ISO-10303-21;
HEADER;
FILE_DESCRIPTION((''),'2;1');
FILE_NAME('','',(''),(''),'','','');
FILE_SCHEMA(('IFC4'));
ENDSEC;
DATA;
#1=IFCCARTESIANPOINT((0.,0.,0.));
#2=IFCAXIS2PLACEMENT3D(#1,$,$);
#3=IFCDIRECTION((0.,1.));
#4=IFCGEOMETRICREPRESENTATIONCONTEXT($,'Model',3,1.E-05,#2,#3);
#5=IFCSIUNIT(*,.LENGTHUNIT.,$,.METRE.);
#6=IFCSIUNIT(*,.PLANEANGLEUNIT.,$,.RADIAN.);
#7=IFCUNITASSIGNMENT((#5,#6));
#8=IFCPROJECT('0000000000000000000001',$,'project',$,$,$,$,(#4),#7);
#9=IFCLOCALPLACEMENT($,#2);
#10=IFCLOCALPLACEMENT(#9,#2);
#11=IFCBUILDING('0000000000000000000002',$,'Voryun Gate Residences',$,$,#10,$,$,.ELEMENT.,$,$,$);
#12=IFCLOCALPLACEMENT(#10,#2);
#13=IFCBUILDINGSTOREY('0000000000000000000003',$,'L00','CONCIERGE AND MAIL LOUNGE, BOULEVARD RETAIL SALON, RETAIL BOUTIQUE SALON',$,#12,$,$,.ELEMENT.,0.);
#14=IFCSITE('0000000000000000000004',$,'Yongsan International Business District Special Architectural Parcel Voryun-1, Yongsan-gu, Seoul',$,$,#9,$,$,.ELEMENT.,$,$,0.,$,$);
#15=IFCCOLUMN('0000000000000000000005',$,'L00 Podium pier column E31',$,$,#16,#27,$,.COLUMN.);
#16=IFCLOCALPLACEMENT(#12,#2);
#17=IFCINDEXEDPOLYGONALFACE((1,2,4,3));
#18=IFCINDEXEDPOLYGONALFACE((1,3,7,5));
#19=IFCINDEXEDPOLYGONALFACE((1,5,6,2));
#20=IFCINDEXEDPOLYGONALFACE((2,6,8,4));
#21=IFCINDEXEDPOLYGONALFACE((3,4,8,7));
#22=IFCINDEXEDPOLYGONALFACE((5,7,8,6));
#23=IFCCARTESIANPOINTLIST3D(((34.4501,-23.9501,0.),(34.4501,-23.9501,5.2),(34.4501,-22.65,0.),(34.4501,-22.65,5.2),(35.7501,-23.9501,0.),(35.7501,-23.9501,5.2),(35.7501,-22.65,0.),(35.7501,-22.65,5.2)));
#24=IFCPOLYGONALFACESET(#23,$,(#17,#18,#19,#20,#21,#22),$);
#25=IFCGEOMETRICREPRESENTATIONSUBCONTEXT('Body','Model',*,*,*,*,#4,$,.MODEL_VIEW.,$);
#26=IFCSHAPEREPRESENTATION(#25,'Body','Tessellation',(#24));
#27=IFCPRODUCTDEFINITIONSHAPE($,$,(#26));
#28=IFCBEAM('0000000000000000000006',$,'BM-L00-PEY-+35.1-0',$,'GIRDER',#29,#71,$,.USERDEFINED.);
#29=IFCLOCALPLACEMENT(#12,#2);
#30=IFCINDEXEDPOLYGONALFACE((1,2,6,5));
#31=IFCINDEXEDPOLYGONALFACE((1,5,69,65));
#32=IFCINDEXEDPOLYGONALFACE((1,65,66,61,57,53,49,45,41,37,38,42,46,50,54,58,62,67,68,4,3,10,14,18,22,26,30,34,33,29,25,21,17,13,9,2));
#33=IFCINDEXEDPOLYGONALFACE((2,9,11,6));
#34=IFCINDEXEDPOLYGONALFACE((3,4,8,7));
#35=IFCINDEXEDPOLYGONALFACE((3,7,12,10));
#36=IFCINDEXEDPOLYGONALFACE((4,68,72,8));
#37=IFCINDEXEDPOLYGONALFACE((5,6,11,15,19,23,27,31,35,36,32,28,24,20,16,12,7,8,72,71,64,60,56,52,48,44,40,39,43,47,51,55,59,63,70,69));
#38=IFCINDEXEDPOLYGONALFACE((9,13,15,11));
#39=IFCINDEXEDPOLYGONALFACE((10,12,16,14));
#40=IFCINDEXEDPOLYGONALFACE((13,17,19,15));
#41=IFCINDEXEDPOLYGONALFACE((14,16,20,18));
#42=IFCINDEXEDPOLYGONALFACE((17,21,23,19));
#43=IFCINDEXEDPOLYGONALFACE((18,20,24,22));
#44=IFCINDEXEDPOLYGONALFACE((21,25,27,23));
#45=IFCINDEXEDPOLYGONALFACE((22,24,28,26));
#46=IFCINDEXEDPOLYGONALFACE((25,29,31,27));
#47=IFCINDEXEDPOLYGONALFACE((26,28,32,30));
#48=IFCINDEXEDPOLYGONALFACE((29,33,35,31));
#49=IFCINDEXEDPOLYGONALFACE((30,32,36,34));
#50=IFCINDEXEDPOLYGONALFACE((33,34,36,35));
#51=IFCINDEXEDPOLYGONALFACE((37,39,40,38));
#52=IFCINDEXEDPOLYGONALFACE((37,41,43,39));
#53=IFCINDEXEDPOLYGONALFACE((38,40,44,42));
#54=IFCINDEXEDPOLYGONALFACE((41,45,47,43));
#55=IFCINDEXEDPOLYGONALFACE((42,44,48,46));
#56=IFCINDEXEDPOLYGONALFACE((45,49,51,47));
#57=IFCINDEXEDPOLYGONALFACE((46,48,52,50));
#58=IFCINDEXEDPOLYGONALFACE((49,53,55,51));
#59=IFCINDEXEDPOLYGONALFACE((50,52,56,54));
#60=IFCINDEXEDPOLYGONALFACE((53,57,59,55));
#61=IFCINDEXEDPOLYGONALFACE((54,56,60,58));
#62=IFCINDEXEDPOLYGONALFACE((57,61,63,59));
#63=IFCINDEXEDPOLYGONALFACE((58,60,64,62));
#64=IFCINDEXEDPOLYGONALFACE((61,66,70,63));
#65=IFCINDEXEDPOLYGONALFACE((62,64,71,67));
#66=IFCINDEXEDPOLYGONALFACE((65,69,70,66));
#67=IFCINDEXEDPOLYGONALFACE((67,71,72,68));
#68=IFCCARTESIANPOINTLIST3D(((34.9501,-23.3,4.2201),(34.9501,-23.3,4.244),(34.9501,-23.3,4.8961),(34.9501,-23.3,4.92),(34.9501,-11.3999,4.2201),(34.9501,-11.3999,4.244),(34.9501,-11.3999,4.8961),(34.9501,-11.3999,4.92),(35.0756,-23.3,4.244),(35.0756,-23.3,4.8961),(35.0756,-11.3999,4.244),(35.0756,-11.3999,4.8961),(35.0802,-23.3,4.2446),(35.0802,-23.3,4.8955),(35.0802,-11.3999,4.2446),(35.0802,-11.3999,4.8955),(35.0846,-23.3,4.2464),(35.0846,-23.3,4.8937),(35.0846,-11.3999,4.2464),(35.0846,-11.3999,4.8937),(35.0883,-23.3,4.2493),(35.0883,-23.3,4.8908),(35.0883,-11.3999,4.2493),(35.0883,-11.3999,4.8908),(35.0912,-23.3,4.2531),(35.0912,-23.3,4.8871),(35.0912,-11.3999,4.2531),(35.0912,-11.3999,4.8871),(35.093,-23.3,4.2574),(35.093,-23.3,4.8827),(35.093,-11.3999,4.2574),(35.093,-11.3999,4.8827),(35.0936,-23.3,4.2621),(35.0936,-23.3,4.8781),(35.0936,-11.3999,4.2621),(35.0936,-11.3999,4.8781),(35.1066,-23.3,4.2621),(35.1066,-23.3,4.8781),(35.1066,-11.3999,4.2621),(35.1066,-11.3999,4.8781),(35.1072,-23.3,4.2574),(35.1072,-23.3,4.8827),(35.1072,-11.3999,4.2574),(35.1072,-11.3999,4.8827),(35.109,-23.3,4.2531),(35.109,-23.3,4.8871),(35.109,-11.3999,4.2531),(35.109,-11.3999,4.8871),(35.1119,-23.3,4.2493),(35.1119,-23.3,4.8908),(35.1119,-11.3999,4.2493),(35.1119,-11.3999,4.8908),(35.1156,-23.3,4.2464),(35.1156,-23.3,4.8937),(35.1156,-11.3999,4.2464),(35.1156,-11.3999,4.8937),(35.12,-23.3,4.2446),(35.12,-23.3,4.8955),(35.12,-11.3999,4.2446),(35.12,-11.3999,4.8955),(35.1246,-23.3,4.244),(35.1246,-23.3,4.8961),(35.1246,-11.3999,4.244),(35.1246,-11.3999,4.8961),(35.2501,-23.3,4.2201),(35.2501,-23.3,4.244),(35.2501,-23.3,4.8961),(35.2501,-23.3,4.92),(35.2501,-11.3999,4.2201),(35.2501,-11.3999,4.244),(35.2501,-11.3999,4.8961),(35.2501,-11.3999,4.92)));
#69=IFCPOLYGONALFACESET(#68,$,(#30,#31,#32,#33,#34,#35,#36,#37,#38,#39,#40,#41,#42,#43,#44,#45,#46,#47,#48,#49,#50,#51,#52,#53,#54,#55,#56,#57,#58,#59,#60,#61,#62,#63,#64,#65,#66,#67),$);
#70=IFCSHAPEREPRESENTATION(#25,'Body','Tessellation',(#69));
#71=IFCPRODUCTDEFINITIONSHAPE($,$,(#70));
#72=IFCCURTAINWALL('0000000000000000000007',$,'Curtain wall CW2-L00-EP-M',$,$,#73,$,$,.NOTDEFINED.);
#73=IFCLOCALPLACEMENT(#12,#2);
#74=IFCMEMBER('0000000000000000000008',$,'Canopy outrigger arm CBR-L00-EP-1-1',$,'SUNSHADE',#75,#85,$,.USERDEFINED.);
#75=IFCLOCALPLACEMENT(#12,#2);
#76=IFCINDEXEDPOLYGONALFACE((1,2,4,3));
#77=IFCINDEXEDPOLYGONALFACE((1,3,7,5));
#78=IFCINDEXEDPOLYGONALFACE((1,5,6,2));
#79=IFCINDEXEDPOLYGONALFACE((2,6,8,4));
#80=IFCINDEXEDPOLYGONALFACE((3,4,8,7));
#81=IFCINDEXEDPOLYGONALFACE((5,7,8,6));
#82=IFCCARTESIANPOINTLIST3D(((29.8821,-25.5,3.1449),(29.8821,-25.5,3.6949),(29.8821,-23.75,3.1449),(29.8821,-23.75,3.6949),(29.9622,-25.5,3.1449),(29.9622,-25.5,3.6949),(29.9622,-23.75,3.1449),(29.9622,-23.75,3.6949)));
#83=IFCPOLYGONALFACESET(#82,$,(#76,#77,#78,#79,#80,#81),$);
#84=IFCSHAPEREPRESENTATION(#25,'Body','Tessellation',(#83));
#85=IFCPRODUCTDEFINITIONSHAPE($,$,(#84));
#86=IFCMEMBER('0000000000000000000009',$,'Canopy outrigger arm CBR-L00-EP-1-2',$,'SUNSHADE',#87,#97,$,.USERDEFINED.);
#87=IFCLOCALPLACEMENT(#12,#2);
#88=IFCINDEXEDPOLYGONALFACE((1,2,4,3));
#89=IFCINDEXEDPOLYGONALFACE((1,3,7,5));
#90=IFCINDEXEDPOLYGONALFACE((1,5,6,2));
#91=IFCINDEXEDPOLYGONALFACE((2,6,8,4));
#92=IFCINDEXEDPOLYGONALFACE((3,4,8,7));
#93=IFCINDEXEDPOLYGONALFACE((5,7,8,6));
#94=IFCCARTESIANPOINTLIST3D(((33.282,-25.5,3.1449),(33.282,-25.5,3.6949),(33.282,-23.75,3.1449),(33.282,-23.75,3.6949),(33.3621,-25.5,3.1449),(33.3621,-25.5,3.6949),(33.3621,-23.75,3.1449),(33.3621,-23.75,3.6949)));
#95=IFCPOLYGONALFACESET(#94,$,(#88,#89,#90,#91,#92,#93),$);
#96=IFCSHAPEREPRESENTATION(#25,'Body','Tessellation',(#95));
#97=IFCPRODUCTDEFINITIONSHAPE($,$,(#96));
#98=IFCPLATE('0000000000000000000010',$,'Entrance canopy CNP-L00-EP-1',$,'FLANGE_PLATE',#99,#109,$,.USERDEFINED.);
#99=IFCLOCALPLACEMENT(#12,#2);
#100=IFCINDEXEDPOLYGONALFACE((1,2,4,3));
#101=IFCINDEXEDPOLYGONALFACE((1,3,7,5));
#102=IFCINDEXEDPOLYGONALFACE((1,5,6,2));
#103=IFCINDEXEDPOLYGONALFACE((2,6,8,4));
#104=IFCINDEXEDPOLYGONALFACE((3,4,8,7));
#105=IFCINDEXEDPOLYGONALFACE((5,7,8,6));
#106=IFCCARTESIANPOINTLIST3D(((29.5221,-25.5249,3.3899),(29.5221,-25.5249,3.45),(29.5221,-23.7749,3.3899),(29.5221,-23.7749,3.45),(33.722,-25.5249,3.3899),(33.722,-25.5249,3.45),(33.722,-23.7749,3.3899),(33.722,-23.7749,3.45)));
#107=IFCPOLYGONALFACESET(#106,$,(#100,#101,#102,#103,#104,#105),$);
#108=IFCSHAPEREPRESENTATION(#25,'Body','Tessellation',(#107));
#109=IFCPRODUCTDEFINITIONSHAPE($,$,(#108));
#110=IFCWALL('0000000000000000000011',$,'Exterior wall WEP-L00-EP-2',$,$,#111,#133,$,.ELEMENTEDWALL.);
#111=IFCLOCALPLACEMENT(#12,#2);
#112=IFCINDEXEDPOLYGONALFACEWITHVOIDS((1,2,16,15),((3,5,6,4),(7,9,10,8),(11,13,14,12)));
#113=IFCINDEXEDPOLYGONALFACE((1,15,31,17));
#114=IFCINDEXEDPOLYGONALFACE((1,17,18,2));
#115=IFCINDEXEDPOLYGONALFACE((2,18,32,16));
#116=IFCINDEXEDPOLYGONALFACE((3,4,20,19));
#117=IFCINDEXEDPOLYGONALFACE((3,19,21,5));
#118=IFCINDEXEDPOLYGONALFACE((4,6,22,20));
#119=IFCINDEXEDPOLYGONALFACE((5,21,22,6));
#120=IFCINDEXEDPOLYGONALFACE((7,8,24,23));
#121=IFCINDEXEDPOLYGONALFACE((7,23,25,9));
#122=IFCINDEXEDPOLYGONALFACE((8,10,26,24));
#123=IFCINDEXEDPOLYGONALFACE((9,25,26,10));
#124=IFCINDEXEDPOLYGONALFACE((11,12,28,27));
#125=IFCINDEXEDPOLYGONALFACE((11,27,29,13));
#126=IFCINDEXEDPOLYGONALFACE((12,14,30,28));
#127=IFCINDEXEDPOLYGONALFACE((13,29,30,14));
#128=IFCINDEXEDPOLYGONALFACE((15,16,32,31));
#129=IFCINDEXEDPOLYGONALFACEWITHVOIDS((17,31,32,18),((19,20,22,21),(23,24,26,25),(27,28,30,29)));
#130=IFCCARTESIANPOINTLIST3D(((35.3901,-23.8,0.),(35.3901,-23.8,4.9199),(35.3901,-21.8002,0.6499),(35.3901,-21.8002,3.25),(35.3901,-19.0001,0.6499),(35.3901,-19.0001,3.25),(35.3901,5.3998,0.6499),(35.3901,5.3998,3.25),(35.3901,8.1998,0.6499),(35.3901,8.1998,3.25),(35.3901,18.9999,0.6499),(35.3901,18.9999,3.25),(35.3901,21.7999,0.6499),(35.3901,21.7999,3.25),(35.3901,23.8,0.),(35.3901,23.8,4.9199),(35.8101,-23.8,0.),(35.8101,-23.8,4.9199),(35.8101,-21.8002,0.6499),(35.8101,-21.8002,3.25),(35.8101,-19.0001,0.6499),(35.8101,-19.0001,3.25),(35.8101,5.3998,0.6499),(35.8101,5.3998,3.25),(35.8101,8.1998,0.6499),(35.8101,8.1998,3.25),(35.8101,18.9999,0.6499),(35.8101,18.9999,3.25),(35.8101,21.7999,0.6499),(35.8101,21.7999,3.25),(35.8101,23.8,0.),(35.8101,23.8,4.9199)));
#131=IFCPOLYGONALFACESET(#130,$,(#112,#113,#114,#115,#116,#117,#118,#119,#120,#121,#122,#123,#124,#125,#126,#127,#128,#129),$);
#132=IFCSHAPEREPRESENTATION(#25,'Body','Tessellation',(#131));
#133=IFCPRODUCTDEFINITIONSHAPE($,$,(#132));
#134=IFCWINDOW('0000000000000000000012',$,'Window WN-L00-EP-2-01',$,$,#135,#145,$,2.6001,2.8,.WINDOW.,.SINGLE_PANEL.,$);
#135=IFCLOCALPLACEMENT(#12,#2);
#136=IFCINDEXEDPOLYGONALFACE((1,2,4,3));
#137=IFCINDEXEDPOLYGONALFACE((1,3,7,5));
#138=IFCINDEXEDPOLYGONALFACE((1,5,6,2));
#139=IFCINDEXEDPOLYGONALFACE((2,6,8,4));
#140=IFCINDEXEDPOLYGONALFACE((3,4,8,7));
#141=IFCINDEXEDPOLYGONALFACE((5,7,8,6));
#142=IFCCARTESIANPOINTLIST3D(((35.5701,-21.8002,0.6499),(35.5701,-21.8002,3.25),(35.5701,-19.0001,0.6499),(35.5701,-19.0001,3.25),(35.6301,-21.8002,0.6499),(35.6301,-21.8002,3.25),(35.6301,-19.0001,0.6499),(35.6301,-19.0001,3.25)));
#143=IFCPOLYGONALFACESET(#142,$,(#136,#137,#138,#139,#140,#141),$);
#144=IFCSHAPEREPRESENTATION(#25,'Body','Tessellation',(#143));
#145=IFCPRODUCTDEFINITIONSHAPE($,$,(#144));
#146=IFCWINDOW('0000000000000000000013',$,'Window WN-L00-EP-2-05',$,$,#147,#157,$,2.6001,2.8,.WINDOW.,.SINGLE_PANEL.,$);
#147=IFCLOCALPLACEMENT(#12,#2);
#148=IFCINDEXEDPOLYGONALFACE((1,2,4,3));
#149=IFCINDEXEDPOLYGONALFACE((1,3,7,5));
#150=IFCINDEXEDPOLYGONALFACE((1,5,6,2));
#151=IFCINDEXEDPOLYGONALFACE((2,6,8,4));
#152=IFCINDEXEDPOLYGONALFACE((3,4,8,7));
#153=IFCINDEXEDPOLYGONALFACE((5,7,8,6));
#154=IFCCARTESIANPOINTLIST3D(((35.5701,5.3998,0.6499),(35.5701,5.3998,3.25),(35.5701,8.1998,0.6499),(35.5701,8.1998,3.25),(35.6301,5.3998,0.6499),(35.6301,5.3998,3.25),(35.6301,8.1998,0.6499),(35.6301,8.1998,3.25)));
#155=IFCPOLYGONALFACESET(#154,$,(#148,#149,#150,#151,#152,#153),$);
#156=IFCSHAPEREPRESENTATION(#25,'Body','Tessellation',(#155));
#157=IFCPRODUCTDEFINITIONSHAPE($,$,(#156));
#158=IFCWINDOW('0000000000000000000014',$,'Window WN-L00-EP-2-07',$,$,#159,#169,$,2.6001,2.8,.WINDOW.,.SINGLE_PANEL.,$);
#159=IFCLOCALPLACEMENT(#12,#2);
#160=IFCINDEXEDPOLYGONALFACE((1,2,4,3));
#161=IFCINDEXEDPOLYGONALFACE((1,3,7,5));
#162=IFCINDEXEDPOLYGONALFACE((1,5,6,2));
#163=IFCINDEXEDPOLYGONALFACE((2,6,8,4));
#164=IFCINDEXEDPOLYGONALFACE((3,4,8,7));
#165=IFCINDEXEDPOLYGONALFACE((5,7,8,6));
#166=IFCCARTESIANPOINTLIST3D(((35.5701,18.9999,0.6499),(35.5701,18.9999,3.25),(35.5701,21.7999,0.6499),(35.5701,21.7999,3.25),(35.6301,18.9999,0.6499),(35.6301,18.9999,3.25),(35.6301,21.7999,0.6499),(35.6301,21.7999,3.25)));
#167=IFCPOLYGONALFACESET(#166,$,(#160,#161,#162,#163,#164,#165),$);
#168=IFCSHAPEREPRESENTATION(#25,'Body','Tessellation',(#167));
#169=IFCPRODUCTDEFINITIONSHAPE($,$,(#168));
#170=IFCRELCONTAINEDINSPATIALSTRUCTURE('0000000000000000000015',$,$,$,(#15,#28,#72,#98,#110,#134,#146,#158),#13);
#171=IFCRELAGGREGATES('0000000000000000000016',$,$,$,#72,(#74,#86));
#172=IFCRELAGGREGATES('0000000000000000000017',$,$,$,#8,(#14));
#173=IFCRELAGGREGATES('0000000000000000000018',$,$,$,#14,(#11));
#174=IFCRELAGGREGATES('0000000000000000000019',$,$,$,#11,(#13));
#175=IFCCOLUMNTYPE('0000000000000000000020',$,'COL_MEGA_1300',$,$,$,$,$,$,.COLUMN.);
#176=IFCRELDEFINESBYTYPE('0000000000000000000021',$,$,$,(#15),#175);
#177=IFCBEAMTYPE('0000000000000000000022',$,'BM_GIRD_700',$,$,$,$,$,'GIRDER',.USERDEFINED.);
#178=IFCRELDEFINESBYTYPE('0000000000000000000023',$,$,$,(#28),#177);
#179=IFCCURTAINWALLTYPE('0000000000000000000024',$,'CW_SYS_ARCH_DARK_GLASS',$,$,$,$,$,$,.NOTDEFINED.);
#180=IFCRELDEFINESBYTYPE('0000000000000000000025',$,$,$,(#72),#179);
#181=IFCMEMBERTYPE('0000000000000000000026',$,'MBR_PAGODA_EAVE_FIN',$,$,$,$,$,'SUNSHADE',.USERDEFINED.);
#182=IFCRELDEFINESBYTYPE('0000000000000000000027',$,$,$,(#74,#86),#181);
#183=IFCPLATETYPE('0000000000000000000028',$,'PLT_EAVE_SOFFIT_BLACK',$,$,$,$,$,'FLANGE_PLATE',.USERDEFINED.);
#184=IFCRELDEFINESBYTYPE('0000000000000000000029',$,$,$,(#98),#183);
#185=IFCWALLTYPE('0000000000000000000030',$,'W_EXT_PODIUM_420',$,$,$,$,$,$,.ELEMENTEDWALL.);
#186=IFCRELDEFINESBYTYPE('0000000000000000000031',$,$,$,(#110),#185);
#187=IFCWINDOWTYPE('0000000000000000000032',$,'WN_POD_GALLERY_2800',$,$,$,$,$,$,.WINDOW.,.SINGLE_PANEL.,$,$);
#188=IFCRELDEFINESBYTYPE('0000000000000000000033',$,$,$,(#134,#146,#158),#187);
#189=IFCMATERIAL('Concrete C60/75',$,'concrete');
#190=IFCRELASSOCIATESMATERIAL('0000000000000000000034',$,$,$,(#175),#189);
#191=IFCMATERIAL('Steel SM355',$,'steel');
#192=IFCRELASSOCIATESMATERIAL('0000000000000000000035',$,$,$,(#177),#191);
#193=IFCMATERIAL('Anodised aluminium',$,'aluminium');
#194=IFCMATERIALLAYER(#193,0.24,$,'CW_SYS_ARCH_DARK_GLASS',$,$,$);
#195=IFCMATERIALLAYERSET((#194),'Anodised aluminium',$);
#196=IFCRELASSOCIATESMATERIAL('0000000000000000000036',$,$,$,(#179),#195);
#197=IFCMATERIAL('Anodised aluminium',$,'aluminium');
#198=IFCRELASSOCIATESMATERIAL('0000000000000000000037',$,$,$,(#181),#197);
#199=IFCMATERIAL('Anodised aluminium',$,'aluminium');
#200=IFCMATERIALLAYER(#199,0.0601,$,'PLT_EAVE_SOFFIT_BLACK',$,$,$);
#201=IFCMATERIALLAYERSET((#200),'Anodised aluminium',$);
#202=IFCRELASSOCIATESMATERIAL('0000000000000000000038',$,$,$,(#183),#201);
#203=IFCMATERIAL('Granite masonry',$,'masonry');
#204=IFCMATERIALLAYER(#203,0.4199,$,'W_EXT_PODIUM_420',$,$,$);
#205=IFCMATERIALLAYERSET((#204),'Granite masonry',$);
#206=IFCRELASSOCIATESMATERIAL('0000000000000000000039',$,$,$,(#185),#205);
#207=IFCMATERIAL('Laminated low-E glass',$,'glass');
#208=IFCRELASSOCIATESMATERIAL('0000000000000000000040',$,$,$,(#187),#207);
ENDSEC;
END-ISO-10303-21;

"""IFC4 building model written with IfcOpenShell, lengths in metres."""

from ifc_helpers import new_model, si_unit, direction, frame, frame_2d, origin, origin_2d, place, context, subcontext, project, spatial, rectangle, i_section, extrude, material, layer, layer_set, material_profile, profile_set, type_object, element, fill, aggregate, save


model = new_model("IFC4")

# Units and contexts
model_context = context("Model", 3, precision=1e-05, world=origin(), true_north=direction((0.0, 1.0)))
body_context = subcontext(model_context, "Body", "Model", "MODEL_VIEW")
ifc_project = project(units=[si_unit("LENGTHUNIT", "METRE"), si_unit("PLANEANGLEUNIT", "RADIAN")], contexts=[model_context])

# Site, building, storey
site_placement = place(None, origin())
site = spatial("IfcSite", under=ifc_project, at=site_placement, Name="Yongsan International Business District Special Architectural Parcel Voryun-1, Yongsan-gu, Seoul", CompositionType="ELEMENT", RefElevation=0.0)
building_placement = place(site_placement, origin())
building = spatial("IfcBuilding", under=site, at=building_placement, Name="Voryun Gate Residences", CompositionType="ELEMENT")
storey_placement = place(building_placement, origin())
storey = spatial("IfcBuildingStorey", under=building, at=storey_placement, Name="L00", Description="CONCIERGE AND MAIL LOUNGE, BOULEVARD RETAIL SALON, RETAIL BOUTIQUE SALON", CompositionType="ELEMENT", Elevation=0.0)

# Column
ifc_material_1 = material(Name="Concrete C60/75", Category="concrete")
ifc_material_profile_1 = material_profile(ifc_material_1, rectangle(XDim=1.3, YDim=1.3, at=origin_2d()), Name="RC-1300x1300")
ifc_profile_set_1 = profile_set([ifc_material_profile_1], Name="Concrete C60/75")
column_type = type_object("IfcColumnType", Name="COL_MEGA_1300", PredefinedType="COLUMN", material=ifc_profile_set_1)
column_placement = place(storey_placement, frame((35.1001, -23.3, 0.0), z_axis=(0.0, 0.0, 1.0), x_axis=(1.0, 0.0, 0.0)))
element("IfcColumn", 1, at=column_placement, inside=storey, type_object=column_type, Name="L00 Podium pier column E31", PredefinedType="COLUMN", context=body_context, shape_type="SweptSolid", body=[
    extrude(rectangle(XDim=1.3, YDim=1.3, at=origin_2d()), origin(), (0.0, 0.0, 1.0), 5.2),
])

# Beam
ifc_material_2 = material(Name="Steel SM355", Category="steel")
ifc_material_profile_2 = material_profile(ifc_material_2, i_section(OverallWidth=0.3, OverallDepth=0.7, WebThickness=0.0129, FlangeThickness=0.0239, FilletRadius=0.0181, at=origin_2d()), Name="H-700x300x13x24")
ifc_profile_set_2 = profile_set([ifc_material_profile_2], Name="Steel SM355")
beam_type = type_object("IfcBeamType", Name="BM_GIRD_700", ElementType="GIRDER", PredefinedType="USERDEFINED", material=ifc_profile_set_2)
beam_placement = place(storey_placement, frame((35.1001, -23.3, 4.5701), z_axis=(0.0, 1.0, 0.0), x_axis=(-1.0, 0.0, 0.0)))
element("IfcBeam", 2, at=beam_placement, inside=storey, type_object=beam_type, Name="BM-L00-PEY-+35.1-0", ObjectType="GIRDER", PredefinedType="USERDEFINED", context=body_context, shape_type="SweptSolid", body=[
    extrude(i_section(OverallWidth=0.3, OverallDepth=0.7, WebThickness=0.0129, FlangeThickness=0.0239, FilletRadius=0.0181, at=origin_2d()), origin(), (0.0, 0.0, 1.0), 11.9001),
])

# Curtain wall, members
ifc_material_3 = material(Name="Anodised aluminium", Category="aluminium")
ifc_layer_1 = layer(ifc_material_3, 0.24, Name="CW_SYS_ARCH_DARK_GLASS")
ifc_layer_set_1 = layer_set([ifc_layer_1], Name="Anodised aluminium")
curtain_wall_type = type_object("IfcCurtainWallType", Name="CW_SYS_ARCH_DARK_GLASS", PredefinedType="NOTDEFINED", material=ifc_layer_set_1)
curtain_wall_placement = place(storey_placement, origin())
curtain_wall = element("IfcCurtainWall", 3, at=curtain_wall_placement, inside=storey, type_object=curtain_wall_type, Name="Curtain wall CW2-L00-EP-M", PredefinedType="NOTDEFINED")
ifc_material_4 = material(Name="Anodised aluminium", Category="aluminium")
ifc_material_profile_3 = material_profile(ifc_material_4, rectangle(XDim=0.0801, YDim=0.55, at=origin_2d()), Name="ALU-EAVE-80x550")
ifc_profile_set_3 = profile_set([ifc_material_profile_3], Name="Anodised aluminium")
member_type = type_object("IfcMemberType", Name="MBR_PAGODA_EAVE_FIN", ElementType="SUNSHADE", PredefinedType="USERDEFINED", material=ifc_profile_set_3)
member_1_placement = place(storey_placement, frame((29.9221, -23.75, 3.4199), z_axis=(0.0, -1.0, 0.0), x_axis=(1.0, 0.0, 0.0)))
member_1 = element("IfcMember", 4, at=member_1_placement, type_object=member_type, Name="Canopy outrigger arm CBR-L00-EP-1-1", ObjectType="SUNSHADE", PredefinedType="USERDEFINED", context=body_context, shape_type="SweptSolid", body=[
    extrude(rectangle(XDim=0.0801, YDim=0.55, at=origin_2d()), origin(), (0.0, 0.0, 1.0), 1.75),
])
member_2_placement = place(storey_placement, frame((33.322, -23.75, 3.4199), z_axis=(0.0, -1.0, 0.0), x_axis=(1.0, 0.0, 0.0)))
member_2 = element("IfcMember", 5, at=member_2_placement, type_object=member_type, Name="Canopy outrigger arm CBR-L00-EP-1-2", ObjectType="SUNSHADE", PredefinedType="USERDEFINED", context=body_context, shape_type="SweptSolid", body=[
    extrude(rectangle(XDim=0.0801, YDim=0.55, at=origin_2d()), origin(), (0.0, 0.0, 1.0), 1.75),
])
aggregate(curtain_wall, [member_1, member_2])

# Plate
ifc_material_5 = material(Name="Anodised aluminium", Category="aluminium")
ifc_layer_2 = layer(ifc_material_5, 0.0601, Name="PLT_EAVE_SOFFIT_BLACK")
ifc_layer_set_2 = layer_set([ifc_layer_2], Name="Anodised aluminium")
plate_type = type_object("IfcPlateType", Name="PLT_EAVE_SOFFIT_BLACK", ElementType="FLANGE_PLATE", PredefinedType="USERDEFINED", material=ifc_layer_set_2)
plate_placement = place(storey_placement, frame((31.6221, -24.6499, 3.3899), z_axis=(0.0, 0.0, 1.0), x_axis=(1.0, 0.0, 0.0)))
element("IfcPlate", 6, at=plate_placement, inside=storey, type_object=plate_type, Name="Entrance canopy CNP-L00-EP-1", ObjectType="FLANGE_PLATE", PredefinedType="USERDEFINED", context=body_context, shape_type="SweptSolid", body=[
    extrude(rectangle(XDim=4.2, YDim=1.75, at=origin_2d()), origin(), (0.0, 0.0, 1.0), 0.0601),
])

# Shared definitions
ifc_material_6 = material(Name="Granite masonry", Category="masonry")
ifc_layer_3 = layer(ifc_material_6, 0.4199, Name="W_EXT_PODIUM_420")
ifc_layer_set_3 = layer_set([ifc_layer_3], Name="Granite masonry")
wall_type_1 = type_object("IfcWallType", Name="W_EXT_PODIUM_420", PredefinedType="ELEMENTEDWALL", material=ifc_layer_set_3)

# Wall, openings, windows
wall_1_placement = place(storey_placement, frame((35.6001, -23.8, 0.0), z_axis=(0.0, 0.0, 1.0), x_axis=(0.0, 1.0, 0.0)))
wall_1 = element("IfcWall", 7, at=wall_1_placement, inside=storey, type_object=wall_type_1, Name="Exterior wall WEP-L00-EP-2", PredefinedType="ELEMENTEDWALL", context=body_context, shape_type="SweptSolid", body=[
    extrude(rectangle(XDim=47.6001, YDim=0.4199, at=frame_2d((23.8, 0.0))), origin(), (0.0, 0.0, 1.0), 4.9199),
])
opening_1_placement = place(wall_1_placement, frame((2.0, 0.0, 0.6499)))
opening_1 = element("IfcOpeningElement", 8, at=opening_1_placement, cuts=wall_1, PredefinedType="OPENING", context=body_context, shape_type="SweptSolid", body=[
    extrude(rectangle(XDim=2.8, YDim=2.6001, at=frame_2d((1.3999, 1.3))), frame((0.0, 0.22, 0.0), z_axis=(0.0, -1.0, 0.0), x_axis=(1.0, 0.0, 0.0)), (0.0, 0.0, 1.0), 0.4399),
])
opening_2_placement = place(wall_1_placement, frame((29.2, 0.0, 0.6499)))
opening_2 = element("IfcOpeningElement", 9, at=opening_2_placement, cuts=wall_1, PredefinedType="OPENING", context=body_context, shape_type="SweptSolid", body=[
    extrude(rectangle(XDim=2.8, YDim=2.6001, at=frame_2d((1.3999, 1.3))), frame((0.0, 0.22, 0.0), z_axis=(0.0, -1.0, 0.0), x_axis=(1.0, 0.0, 0.0)), (0.0, 0.0, 1.0), 0.4399),
])
opening_3_placement = place(wall_1_placement, frame((42.8, 0.0, 0.6499)))
opening_3 = element("IfcOpeningElement", 10, at=opening_3_placement, cuts=wall_1, PredefinedType="OPENING", context=body_context, shape_type="SweptSolid", body=[
    extrude(rectangle(XDim=2.8, YDim=2.6001, at=frame_2d((1.3999, 1.3))), frame((0.0, 0.22, 0.0), z_axis=(0.0, -1.0, 0.0), x_axis=(1.0, 0.0, 0.0)), (0.0, 0.0, 1.0), 0.4399),
])
ifc_material_7 = material(Name="Laminated low-E glass", Category="glass")
window_type = type_object("IfcWindowType", Name="WN_POD_GALLERY_2800", PartitioningType="SINGLE_PANEL", PredefinedType="WINDOW", material=ifc_material_7)
window_1_placement = place(opening_1_placement, origin())
window_1 = element("IfcWindow", 11, at=window_1_placement, inside=storey, type_object=window_type, Name="Window WN-L00-EP-2-01", OverallHeight=2.6001, OverallWidth=2.8, PartitioningType="SINGLE_PANEL", PredefinedType="WINDOW", context=body_context, shape_type="SweptSolid", body=[
    extrude(rectangle(XDim=2.8, YDim=2.6001, at=frame_2d((1.3999, 1.3))), frame((0.0, 0.03, 0.0), z_axis=(0.0, -1.0, 0.0), x_axis=(1.0, 0.0, 0.0)), (0.0, 0.0, 1.0), 0.0601),
])
fill(opening_1, window_1)
window_2_placement = place(opening_2_placement, origin())
window_2 = element("IfcWindow", 12, at=window_2_placement, inside=storey, type_object=window_type, Name="Window WN-L00-EP-2-05", OverallHeight=2.6001, OverallWidth=2.8, PartitioningType="SINGLE_PANEL", PredefinedType="WINDOW", context=body_context, shape_type="SweptSolid", body=[
    extrude(rectangle(XDim=2.8, YDim=2.6001, at=frame_2d((1.3999, 1.3))), frame((0.0, 0.03, 0.0), z_axis=(0.0, -1.0, 0.0), x_axis=(1.0, 0.0, 0.0)), (0.0, 0.0, 1.0), 0.0601),
])
fill(opening_2, window_2)
window_3_placement = place(opening_3_placement, origin())
window_3 = element("IfcWindow", 13, at=window_3_placement, inside=storey, type_object=window_type, Name="Window WN-L00-EP-2-07", OverallHeight=2.6001, OverallWidth=2.8, PartitioningType="SINGLE_PANEL", PredefinedType="WINDOW", context=body_context, shape_type="SweptSolid", body=[
    extrude(rectangle(XDim=2.8, YDim=2.6001, at=frame_2d((1.3999, 1.3))), frame((0.0, 0.03, 0.0), z_axis=(0.0, -1.0, 0.0), x_axis=(1.0, 0.0, 0.0)), (0.0, 0.0, 1.0), 0.0601),
])
fill(opening_3, window_3)

save(model, "model.ifc")
